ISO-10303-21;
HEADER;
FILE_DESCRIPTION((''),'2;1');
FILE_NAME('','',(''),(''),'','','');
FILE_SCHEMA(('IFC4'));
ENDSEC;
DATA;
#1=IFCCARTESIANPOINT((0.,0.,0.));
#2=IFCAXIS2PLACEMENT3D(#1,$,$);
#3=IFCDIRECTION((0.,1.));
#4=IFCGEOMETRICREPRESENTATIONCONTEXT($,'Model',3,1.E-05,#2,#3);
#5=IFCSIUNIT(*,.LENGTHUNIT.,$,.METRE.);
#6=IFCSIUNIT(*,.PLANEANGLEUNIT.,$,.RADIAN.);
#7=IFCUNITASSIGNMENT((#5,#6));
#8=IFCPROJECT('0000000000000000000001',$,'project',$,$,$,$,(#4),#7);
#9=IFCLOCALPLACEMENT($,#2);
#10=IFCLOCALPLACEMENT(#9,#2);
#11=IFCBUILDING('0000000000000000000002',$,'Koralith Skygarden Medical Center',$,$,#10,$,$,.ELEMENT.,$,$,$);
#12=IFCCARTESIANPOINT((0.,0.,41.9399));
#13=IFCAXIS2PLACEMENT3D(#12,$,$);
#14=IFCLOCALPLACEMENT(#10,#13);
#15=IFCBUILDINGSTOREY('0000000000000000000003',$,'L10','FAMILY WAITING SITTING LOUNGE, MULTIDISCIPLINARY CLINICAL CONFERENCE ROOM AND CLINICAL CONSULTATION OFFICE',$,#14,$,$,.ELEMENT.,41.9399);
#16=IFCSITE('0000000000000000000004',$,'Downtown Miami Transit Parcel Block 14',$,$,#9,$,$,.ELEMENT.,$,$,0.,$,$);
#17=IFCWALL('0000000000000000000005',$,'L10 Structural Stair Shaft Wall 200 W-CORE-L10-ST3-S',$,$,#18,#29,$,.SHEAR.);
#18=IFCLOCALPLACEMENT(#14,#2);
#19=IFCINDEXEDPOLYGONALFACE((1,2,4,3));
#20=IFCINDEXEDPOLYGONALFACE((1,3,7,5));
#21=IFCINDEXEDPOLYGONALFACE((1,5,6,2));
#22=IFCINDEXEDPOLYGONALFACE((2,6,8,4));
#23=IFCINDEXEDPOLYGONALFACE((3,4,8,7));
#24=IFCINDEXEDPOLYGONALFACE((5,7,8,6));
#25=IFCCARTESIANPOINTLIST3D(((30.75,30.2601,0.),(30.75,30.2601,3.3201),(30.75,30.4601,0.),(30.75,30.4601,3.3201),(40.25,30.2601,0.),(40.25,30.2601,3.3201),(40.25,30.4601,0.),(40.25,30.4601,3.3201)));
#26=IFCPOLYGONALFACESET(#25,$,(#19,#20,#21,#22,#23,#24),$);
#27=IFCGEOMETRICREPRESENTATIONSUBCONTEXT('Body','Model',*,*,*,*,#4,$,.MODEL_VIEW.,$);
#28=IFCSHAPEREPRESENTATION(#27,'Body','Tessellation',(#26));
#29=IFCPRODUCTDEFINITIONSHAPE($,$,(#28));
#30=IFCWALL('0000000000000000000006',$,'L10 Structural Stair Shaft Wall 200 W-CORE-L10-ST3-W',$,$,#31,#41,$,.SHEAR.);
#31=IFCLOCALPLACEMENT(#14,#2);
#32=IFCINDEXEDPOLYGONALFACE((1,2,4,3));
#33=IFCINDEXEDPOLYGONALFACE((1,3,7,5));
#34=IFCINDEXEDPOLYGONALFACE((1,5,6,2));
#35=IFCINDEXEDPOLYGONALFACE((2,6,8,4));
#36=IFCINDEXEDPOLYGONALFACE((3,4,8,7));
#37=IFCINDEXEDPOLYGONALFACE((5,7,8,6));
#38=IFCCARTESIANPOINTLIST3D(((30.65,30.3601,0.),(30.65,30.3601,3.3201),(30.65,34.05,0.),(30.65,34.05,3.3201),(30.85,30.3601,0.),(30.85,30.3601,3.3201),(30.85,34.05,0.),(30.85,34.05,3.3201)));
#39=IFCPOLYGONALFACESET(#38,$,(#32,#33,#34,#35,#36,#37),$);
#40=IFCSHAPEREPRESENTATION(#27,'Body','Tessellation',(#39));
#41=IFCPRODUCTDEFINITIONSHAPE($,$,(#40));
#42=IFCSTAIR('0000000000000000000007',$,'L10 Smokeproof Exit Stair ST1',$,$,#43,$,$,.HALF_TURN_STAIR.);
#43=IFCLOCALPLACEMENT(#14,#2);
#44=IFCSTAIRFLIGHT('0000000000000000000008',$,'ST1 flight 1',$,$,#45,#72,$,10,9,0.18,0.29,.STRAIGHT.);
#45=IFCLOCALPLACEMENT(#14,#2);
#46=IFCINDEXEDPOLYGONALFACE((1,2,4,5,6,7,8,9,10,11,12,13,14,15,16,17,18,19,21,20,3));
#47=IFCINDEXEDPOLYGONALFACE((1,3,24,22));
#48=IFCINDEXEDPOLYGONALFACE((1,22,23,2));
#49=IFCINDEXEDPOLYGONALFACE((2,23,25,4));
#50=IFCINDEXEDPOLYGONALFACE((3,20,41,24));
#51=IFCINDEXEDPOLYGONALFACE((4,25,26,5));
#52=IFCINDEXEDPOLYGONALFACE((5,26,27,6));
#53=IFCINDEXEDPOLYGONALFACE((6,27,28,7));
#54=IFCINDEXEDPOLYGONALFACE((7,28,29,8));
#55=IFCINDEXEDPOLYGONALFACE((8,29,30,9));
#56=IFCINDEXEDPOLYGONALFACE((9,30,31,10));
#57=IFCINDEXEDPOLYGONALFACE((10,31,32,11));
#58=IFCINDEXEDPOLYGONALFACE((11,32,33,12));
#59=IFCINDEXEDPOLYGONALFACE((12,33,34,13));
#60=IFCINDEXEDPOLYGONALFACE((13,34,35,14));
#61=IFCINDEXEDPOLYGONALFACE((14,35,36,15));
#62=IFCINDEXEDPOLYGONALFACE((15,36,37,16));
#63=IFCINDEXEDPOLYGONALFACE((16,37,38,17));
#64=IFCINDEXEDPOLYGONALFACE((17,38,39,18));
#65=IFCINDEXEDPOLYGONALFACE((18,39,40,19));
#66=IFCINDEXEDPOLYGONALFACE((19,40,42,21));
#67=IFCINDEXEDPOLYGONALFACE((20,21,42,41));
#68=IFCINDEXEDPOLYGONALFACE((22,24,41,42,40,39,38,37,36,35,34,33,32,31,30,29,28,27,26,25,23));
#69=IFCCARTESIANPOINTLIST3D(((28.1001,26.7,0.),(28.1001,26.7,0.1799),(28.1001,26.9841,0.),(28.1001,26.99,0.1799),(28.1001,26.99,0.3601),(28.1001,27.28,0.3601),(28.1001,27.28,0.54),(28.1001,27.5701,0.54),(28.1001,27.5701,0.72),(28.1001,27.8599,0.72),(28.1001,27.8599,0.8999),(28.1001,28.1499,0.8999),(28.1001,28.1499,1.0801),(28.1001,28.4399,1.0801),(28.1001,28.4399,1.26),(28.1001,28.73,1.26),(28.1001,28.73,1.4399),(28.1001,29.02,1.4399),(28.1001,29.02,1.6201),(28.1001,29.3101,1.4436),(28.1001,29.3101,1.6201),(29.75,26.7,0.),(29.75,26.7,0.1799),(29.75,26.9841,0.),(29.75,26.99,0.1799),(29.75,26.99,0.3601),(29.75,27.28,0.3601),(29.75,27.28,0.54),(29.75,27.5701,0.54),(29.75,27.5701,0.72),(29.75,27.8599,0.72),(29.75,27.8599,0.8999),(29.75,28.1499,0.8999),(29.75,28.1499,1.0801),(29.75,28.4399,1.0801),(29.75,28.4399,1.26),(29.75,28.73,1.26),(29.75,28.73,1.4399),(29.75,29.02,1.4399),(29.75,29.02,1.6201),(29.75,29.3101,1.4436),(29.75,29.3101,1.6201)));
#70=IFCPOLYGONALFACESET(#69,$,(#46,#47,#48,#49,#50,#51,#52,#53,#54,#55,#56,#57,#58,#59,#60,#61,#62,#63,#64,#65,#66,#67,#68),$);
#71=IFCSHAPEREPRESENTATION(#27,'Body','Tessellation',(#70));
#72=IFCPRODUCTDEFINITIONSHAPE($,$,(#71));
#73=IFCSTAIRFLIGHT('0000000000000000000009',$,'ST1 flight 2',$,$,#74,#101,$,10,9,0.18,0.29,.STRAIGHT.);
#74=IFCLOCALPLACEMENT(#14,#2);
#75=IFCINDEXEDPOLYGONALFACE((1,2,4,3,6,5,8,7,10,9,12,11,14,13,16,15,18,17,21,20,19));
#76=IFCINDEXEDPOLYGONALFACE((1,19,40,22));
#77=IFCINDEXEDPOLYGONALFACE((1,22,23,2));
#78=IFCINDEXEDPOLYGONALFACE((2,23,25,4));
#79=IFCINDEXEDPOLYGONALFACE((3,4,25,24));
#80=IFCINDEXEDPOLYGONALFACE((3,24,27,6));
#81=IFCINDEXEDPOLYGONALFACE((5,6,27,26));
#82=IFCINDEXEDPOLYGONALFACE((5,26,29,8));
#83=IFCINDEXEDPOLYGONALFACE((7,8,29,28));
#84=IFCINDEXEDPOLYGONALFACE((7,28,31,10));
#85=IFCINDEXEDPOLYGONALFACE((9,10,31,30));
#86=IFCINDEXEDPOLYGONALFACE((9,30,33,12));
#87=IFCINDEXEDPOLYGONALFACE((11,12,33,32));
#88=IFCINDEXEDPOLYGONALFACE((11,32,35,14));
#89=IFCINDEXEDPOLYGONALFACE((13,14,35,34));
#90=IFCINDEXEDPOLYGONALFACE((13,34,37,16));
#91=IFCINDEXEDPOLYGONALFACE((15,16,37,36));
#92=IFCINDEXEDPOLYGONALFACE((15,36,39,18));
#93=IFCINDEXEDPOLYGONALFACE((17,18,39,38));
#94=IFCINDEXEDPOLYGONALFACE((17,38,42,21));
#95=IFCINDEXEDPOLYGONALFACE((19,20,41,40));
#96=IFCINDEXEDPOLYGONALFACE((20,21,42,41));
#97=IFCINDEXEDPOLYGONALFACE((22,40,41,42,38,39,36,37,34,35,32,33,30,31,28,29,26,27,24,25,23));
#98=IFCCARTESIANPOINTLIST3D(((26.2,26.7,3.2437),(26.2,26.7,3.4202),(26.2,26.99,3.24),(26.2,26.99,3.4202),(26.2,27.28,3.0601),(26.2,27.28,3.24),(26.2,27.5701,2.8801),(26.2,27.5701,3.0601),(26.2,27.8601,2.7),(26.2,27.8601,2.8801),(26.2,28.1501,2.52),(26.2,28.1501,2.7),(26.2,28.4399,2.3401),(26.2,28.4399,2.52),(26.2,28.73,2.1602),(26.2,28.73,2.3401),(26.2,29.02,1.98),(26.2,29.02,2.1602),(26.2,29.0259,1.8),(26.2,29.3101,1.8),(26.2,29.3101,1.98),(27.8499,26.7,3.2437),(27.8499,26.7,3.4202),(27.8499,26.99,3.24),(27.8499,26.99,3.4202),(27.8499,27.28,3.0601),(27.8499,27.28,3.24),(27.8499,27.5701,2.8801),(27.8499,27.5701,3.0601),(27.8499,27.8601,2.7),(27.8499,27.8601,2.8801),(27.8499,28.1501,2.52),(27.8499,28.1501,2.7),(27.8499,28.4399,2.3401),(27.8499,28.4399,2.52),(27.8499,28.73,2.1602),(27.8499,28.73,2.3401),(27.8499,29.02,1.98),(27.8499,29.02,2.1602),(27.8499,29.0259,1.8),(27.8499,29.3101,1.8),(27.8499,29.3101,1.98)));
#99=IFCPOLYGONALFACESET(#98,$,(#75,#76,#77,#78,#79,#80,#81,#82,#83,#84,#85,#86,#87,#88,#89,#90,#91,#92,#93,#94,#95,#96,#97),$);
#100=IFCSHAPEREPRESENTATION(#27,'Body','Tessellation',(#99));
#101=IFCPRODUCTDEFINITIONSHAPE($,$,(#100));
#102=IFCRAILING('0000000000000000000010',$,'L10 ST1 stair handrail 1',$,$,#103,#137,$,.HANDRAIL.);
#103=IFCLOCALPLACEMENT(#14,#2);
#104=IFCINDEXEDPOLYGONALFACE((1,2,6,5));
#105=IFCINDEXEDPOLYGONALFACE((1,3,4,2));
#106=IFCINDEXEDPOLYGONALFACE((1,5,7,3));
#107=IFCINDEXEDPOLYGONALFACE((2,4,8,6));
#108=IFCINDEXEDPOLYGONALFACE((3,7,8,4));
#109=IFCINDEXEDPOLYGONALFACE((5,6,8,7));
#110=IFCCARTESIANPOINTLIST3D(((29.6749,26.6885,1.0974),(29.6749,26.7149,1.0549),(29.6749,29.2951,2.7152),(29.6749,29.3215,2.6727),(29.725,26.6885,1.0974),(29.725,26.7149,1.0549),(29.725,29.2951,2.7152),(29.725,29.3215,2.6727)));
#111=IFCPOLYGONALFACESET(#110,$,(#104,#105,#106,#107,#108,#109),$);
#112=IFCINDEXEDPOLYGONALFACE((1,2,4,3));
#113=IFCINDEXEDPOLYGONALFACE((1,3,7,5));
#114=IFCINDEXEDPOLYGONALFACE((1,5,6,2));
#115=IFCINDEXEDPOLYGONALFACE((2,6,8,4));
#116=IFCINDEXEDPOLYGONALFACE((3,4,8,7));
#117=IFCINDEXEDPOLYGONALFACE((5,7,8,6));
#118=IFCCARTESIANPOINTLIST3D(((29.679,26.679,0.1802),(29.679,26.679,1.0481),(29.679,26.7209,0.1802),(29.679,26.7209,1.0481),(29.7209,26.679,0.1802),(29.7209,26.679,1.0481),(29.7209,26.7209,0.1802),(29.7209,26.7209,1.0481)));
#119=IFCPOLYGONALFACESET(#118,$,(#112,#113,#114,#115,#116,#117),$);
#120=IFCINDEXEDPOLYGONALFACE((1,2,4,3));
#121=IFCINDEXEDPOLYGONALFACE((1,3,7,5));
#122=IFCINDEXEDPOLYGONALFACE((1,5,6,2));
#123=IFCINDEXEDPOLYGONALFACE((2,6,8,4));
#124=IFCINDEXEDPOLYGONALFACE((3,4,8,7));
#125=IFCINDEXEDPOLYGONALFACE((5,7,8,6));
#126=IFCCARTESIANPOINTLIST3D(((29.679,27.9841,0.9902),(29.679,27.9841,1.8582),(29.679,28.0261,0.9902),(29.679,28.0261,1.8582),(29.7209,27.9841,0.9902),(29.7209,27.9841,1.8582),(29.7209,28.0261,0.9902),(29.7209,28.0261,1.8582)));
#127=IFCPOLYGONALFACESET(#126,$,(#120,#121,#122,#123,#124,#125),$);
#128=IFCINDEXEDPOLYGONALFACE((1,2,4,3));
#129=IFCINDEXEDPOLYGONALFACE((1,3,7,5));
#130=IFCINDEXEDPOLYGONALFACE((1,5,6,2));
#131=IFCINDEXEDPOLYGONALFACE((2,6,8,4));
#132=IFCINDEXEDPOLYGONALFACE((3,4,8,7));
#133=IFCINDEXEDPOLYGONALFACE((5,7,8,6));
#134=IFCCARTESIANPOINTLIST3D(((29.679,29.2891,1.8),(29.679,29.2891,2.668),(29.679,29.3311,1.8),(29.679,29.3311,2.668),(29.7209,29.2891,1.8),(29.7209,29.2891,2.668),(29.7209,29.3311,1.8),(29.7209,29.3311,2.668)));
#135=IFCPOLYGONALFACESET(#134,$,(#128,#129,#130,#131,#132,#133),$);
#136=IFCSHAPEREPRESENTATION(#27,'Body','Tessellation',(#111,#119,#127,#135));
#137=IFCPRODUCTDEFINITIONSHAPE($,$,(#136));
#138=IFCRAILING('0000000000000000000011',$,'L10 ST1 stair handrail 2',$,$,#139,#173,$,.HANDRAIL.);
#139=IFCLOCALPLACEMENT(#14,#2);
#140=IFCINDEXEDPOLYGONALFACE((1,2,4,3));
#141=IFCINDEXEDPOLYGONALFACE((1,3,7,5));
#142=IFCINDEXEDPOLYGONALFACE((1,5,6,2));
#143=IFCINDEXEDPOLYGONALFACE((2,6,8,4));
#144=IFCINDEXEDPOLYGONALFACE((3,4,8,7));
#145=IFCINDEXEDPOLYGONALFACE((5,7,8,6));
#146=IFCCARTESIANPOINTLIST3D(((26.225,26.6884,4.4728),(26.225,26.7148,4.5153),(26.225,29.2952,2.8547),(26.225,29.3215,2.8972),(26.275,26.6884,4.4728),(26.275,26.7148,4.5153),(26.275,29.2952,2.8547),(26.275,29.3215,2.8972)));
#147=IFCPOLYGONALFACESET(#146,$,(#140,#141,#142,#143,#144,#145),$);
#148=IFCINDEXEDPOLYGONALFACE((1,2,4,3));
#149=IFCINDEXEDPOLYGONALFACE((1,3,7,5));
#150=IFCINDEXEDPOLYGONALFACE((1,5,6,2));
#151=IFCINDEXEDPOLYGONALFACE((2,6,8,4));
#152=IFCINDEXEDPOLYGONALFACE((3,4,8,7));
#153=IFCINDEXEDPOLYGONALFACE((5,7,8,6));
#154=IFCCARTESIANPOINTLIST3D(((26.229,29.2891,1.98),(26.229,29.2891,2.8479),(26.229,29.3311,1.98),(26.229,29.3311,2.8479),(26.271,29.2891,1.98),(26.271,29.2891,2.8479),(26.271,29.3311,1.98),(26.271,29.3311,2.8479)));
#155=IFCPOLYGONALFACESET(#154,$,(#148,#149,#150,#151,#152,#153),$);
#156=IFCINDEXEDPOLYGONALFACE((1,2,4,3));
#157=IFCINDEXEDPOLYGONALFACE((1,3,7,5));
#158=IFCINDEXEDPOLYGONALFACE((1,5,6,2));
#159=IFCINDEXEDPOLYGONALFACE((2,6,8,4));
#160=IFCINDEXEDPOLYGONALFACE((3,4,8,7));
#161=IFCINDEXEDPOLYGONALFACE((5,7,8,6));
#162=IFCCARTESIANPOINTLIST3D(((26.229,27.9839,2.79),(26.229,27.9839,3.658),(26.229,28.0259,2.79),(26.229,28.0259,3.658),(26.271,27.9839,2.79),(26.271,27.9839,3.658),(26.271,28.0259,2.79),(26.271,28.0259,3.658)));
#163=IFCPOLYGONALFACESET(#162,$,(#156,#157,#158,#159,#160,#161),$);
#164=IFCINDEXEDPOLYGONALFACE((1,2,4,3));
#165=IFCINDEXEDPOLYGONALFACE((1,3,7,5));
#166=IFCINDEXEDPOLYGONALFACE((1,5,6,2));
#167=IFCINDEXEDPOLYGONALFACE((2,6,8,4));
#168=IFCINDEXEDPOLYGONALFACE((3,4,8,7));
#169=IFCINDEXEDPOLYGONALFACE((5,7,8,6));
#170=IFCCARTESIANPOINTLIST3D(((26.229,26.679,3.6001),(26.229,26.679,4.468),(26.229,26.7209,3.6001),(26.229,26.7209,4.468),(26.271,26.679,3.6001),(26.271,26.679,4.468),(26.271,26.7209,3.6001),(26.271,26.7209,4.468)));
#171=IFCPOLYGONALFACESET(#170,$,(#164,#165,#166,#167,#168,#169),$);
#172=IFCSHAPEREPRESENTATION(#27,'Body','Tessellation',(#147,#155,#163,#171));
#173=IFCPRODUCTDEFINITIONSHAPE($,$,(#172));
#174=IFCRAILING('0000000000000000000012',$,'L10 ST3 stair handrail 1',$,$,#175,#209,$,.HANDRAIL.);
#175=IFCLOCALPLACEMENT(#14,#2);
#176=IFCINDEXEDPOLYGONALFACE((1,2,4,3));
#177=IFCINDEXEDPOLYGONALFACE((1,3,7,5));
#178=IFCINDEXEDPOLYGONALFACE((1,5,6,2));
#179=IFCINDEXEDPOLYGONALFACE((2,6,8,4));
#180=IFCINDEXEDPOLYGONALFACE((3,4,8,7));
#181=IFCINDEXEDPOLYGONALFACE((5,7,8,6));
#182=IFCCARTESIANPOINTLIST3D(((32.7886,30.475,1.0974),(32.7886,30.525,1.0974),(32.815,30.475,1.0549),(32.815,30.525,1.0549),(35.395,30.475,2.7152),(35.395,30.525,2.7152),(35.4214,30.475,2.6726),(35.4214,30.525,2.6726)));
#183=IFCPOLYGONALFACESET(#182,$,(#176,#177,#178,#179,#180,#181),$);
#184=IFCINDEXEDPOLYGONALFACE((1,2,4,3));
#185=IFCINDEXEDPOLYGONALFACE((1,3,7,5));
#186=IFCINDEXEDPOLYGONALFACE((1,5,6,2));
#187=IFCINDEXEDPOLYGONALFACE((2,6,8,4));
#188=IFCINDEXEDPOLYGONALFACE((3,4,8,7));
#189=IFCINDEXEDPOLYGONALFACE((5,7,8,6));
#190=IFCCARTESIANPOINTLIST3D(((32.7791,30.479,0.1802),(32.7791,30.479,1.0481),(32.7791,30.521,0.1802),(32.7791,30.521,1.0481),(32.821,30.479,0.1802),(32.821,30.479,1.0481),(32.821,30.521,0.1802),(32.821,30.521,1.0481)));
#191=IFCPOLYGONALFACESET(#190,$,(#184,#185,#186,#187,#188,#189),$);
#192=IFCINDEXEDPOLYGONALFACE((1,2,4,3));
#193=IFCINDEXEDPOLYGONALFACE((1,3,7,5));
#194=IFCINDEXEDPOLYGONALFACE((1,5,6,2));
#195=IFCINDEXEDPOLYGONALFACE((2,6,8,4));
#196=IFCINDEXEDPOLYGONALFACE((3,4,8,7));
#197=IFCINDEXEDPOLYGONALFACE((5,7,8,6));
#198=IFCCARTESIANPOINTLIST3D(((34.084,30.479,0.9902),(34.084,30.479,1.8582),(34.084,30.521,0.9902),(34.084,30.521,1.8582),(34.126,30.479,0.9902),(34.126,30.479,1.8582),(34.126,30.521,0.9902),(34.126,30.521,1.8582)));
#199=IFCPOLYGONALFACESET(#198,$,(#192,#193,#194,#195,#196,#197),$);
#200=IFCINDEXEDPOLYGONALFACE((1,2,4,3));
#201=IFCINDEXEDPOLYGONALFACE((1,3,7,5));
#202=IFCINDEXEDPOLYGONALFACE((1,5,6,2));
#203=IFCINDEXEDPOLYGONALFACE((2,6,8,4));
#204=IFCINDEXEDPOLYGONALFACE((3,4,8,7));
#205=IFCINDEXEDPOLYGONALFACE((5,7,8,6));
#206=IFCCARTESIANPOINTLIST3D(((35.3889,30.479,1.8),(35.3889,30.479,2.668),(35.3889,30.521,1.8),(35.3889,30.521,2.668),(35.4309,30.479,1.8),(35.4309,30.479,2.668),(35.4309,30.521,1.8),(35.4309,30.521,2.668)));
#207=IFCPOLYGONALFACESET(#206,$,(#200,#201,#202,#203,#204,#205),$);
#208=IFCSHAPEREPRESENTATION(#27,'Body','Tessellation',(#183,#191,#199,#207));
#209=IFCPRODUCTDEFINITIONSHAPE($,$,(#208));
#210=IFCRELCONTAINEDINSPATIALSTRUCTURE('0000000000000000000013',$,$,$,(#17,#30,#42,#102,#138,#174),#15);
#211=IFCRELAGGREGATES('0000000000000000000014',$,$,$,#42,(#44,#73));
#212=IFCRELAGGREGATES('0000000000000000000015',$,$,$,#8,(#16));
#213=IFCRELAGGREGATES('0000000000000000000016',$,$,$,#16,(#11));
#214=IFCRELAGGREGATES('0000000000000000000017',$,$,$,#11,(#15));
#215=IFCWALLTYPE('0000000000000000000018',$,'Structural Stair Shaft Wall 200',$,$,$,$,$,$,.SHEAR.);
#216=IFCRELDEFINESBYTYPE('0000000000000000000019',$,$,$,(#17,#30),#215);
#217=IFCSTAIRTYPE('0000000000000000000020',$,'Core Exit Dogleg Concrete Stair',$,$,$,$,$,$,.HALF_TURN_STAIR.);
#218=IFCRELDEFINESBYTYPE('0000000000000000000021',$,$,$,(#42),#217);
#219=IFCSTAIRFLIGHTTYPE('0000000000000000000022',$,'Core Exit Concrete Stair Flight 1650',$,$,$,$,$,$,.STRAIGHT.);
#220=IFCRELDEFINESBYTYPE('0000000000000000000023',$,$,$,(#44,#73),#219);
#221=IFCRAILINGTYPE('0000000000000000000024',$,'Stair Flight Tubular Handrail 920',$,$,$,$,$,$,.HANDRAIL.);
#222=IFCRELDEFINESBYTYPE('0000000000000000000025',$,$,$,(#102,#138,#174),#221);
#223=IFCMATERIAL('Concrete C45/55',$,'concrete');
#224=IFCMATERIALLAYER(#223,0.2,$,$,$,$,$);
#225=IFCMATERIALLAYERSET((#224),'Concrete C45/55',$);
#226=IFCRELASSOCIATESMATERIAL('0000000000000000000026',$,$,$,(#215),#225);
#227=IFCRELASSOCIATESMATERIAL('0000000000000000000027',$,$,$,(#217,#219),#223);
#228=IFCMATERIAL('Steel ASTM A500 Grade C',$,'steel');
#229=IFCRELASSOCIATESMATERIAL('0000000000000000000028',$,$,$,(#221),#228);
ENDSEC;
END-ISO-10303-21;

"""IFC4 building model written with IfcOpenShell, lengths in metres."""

from ifc_helpers import new_model, si_unit, direction, frame, frame_2d, origin, origin_2d, place, context, subcontext, project, spatial, polyline, rectangle, outline, extrude, material, layer, layer_set, type_object, element, aggregate, save


model = new_model("IFC4")

# Units and contexts
model_context = context("Model", 3, precision=1e-05, world=origin(), true_north=direction((0.0, 1.0)))
body_context = subcontext(model_context, "Body", "Model", "MODEL_VIEW")
ifc_project = project(units=[si_unit("LENGTHUNIT", "METRE"), si_unit("PLANEANGLEUNIT", "RADIAN")], contexts=[model_context])

# Site, building, storey
site_placement = place(None, origin())
site = spatial("IfcSite", under=ifc_project, at=site_placement, Name="Downtown Miami Transit Parcel Block 14", CompositionType="ELEMENT", RefElevation=0.0)
building_placement = place(site_placement, origin())
building = spatial("IfcBuilding", under=site, at=building_placement, Name="Koralith Skygarden Medical Center", CompositionType="ELEMENT")
storey_placement = place(building_placement, frame((0.0, 0.0, 41.9399)))
storey = spatial("IfcBuildingStorey", under=building, at=storey_placement, Name="L10", Description="FAMILY WAITING SITTING LOUNGE, MULTIDISCIPLINARY CLINICAL CONFERENCE ROOM AND CLINICAL CONSULTATION OFFICE", CompositionType="ELEMENT", Elevation=41.9399)

# Shared definitions
ifc_material_1 = material(Name="Concrete C45/55", Category="concrete")

# Walls
ifc_layer_1 = layer(ifc_material_1, 0.2)
ifc_layer_set_1 = layer_set([ifc_layer_1], Name="Concrete C45/55")
wall_type_1 = type_object("IfcWallType", Name="Structural Stair Shaft Wall 200", PredefinedType="SHEAR", material=ifc_layer_set_1)
wall_1_placement = place(storey_placement, frame((30.75, 30.3601, 0.0), z_axis=(0.0, 0.0, 1.0), x_axis=(1.0, 0.0, 0.0)))
element("IfcWall", 1, at=wall_1_placement, inside=storey, type_object=wall_type_1, Name="L10 Structural Stair Shaft Wall 200 W-CORE-L10-ST3-S", PredefinedType="SHEAR", context=body_context, shape_type="SweptSolid", body=[
    extrude(rectangle(XDim=9.5, YDim=0.2, at=frame_2d((4.75, 0.0))), origin(), (0.0, 0.0, 1.0), 3.3201),
])
wall_2_placement = place(storey_placement, frame((30.75, 30.3601, 0.0), z_axis=(0.0, 0.0, 1.0), x_axis=(0.0, 1.0, 0.0)))
element("IfcWall", 2, at=wall_2_placement, inside=storey, type_object=wall_type_1, Name="L10 Structural Stair Shaft Wall 200 W-CORE-L10-ST3-W", PredefinedType="SHEAR", context=body_context, shape_type="SweptSolid", body=[
    extrude(rectangle(XDim=3.6899, YDim=0.2, at=frame_2d((1.845, 0.0))), origin(), (0.0, 0.0, 1.0), 3.3201),
])

# Stair, stair flights
stair_type = type_object("IfcStairType", Name="Core Exit Dogleg Concrete Stair", PredefinedType="HALF_TURN_STAIR", material=ifc_material_1)
stair_placement = place(storey_placement, origin())
stair = element("IfcStair", 3, at=stair_placement, inside=storey, type_object=stair_type, Name="L10 Smokeproof Exit Stair ST1", PredefinedType="HALF_TURN_STAIR")
stair_flight_type = type_object("IfcStairFlightType", Name="Core Exit Concrete Stair Flight 1650", PredefinedType="STRAIGHT", material=ifc_material_1)
stair_flight_1_placement = place(storey_placement, frame((28.925, 26.7, 0.0), z_axis=(0.0, 0.0, 1.0), x_axis=(0.0, 1.0, 0.0)))
stair_flight_1 = element("IfcStairFlight", 4, at=stair_flight_1_placement, type_object=stair_flight_type, Name="ST1 flight 1", NumberOfRisers=10, NumberOfTreads=9, PredefinedType="STRAIGHT", RiserHeight=0.18, TreadLength=0.29, context=body_context, shape_type="SweptSolid", body=[
    extrude(outline(polyline([(0.0, 0.0), (0.0, 0.1799), (0.29, 0.1799), (0.29, 0.3601), (0.5801, 0.3601), (0.5801, 0.54), (0.8701, 0.54), (0.8701, 0.72), (1.1599, 0.72), (1.1599, 0.8999), (1.45, 0.8999), (1.45, 1.0801), (1.74, 1.0801), (1.74, 1.26), (2.03, 1.26), (2.03, 1.4399), (2.3201, 1.4399), (2.3201, 1.6201), (2.6101, 1.6201), (2.6101, 1.8), (2.6101, 1.4436), (0.2842, 0.0), (0.0, 0.0)])), frame((0.0, 0.825, 0.0), z_axis=(0.0, -1.0, 0.0), x_axis=(1.0, 0.0, 0.0)), (0.0, 0.0, 1.0), 1.6499),
])
stair_flight_2_placement = place(storey_placement, frame((27.0249, 29.3101, 1.8), z_axis=(0.0, 0.0, 1.0), x_axis=(0.0, -1.0, 0.0)))
stair_flight_2 = element("IfcStairFlight", 5, at=stair_flight_2_placement, type_object=stair_flight_type, Name="ST1 flight 2", NumberOfRisers=10, NumberOfTreads=9, PredefinedType="STRAIGHT", RiserHeight=0.18, TreadLength=0.29, context=body_context, shape_type="SweptSolid", body=[
    extrude(outline(polyline([(0.0, 0.0), (0.0, 0.1799), (0.29, 0.1799), (0.29, 0.3601), (0.5801, 0.3601), (0.5801, 0.54), (0.8701, 0.54), (0.8701, 0.72), (1.1599, 0.72), (1.1599, 0.8999), (1.45, 0.8999), (1.45, 1.0801), (1.74, 1.0801), (1.74, 1.26), (2.03, 1.26), (2.03, 1.4399), (2.3201, 1.4399), (2.3201, 1.6201), (2.6101, 1.6201), (2.6101, 1.8), (2.6101, 1.4436), (0.2842, 0.0), (0.0, 0.0)])), frame((0.0, 0.825, 0.0), z_axis=(0.0, -1.0, 0.0), x_axis=(1.0, 0.0, 0.0)), (0.0, 0.0, 1.0), 1.6499),
])
aggregate(stair, [stair_flight_1, stair_flight_2])

# Railings
ifc_material_2 = material(Name="Steel ASTM A500 Grade C", Category="steel")
railing_type_1 = type_object("IfcRailingType", Name="Stair Flight Tubular Handrail 920", PredefinedType="HANDRAIL", material=ifc_material_2)
railing_1_placement = place(storey_placement, frame((29.7, 26.7, 0.1802)))
element("IfcRailing", 6, at=railing_1_placement, inside=storey, type_object=railing_type_1, Name="L10 ST1 stair handrail 1", PredefinedType="HANDRAIL", context=body_context, shape_type="SweptSolid", body=[
    extrude(rectangle(XDim=0.05, YDim=0.05, at=origin_2d()), frame((0.0, 0.0017, 0.896), z_axis=(0.0, 0.849668, 0.527317), x_axis=(-1.0, 0.0, 0.0)), (0.0, 0.0, 1.0), 3.0679),
    extrude(rectangle(XDim=0.042, YDim=0.042, at=origin_2d()), origin(), (0.0, 0.0, 1.0), 0.8679),
    extrude(rectangle(XDim=0.042, YDim=0.042, at=origin_2d()), frame((0.0, 1.3052, 0.8101)), (0.0, 0.0, 1.0), 0.8679),
    extrude(rectangle(XDim=0.042, YDim=0.042, at=origin_2d()), frame((0.0, 2.6101, 1.6199)), (0.0, 0.0, 1.0), 0.8679),
])
railing_2_placement = place(storey_placement, frame((26.25, 29.3101, 1.98)))
element("IfcRailing", 7, at=railing_2_placement, inside=storey, type_object=railing_type_1, Name="L10 ST1 stair handrail 2", PredefinedType="HANDRAIL", context=body_context, shape_type="SweptSolid", body=[
    extrude(rectangle(XDim=0.05, YDim=0.05, at=origin_2d()), frame((0.0, -0.0017, 0.896), z_axis=(0.0, -0.849633, 0.527375), x_axis=(1.0, 0.0, 0.0)), (0.0, 0.0, 1.0), 3.0681),
    extrude(rectangle(XDim=0.042, YDim=0.042, at=origin_2d()), origin(), (0.0, 0.0, 1.0), 0.8679),
    extrude(rectangle(XDim=0.042, YDim=0.042, at=origin_2d()), frame((0.0, -1.3052, 0.8101)), (0.0, 0.0, 1.0), 0.8679),
    extrude(rectangle(XDim=0.042, YDim=0.042, at=origin_2d()), frame((0.0, -2.6101, 1.6201)), (0.0, 0.0, 1.0), 0.8679),
])
railing_3_placement = place(storey_placement, frame((32.8, 30.5, 0.1802)))
element("IfcRailing", 8, at=railing_3_placement, inside=storey, type_object=railing_type_1, Name="L10 ST3 stair handrail 1", PredefinedType="HANDRAIL", context=body_context, shape_type="SweptSolid", body=[
    extrude(rectangle(XDim=0.05, YDim=0.05, at=origin_2d()), frame((0.0017, 0.0, 0.896), z_axis=(0.849646, 0.0, 0.527353), x_axis=(0.0, 1.0, 0.0)), (0.0, 0.0, 1.0), 3.0676),
    extrude(rectangle(XDim=0.042, YDim=0.042, at=origin_2d()), origin(), (0.0, 0.0, 1.0), 0.8679),
    extrude(rectangle(XDim=0.042, YDim=0.042, at=origin_2d()), frame((1.3049, 0.0, 0.8101)), (0.0, 0.0, 1.0), 0.8679),
    extrude(rectangle(XDim=0.042, YDim=0.042, at=origin_2d()), frame((2.6099, 0.0, 1.6199)), (0.0, 0.0, 1.0), 0.8679),
])

save(model, "model.ifc")
